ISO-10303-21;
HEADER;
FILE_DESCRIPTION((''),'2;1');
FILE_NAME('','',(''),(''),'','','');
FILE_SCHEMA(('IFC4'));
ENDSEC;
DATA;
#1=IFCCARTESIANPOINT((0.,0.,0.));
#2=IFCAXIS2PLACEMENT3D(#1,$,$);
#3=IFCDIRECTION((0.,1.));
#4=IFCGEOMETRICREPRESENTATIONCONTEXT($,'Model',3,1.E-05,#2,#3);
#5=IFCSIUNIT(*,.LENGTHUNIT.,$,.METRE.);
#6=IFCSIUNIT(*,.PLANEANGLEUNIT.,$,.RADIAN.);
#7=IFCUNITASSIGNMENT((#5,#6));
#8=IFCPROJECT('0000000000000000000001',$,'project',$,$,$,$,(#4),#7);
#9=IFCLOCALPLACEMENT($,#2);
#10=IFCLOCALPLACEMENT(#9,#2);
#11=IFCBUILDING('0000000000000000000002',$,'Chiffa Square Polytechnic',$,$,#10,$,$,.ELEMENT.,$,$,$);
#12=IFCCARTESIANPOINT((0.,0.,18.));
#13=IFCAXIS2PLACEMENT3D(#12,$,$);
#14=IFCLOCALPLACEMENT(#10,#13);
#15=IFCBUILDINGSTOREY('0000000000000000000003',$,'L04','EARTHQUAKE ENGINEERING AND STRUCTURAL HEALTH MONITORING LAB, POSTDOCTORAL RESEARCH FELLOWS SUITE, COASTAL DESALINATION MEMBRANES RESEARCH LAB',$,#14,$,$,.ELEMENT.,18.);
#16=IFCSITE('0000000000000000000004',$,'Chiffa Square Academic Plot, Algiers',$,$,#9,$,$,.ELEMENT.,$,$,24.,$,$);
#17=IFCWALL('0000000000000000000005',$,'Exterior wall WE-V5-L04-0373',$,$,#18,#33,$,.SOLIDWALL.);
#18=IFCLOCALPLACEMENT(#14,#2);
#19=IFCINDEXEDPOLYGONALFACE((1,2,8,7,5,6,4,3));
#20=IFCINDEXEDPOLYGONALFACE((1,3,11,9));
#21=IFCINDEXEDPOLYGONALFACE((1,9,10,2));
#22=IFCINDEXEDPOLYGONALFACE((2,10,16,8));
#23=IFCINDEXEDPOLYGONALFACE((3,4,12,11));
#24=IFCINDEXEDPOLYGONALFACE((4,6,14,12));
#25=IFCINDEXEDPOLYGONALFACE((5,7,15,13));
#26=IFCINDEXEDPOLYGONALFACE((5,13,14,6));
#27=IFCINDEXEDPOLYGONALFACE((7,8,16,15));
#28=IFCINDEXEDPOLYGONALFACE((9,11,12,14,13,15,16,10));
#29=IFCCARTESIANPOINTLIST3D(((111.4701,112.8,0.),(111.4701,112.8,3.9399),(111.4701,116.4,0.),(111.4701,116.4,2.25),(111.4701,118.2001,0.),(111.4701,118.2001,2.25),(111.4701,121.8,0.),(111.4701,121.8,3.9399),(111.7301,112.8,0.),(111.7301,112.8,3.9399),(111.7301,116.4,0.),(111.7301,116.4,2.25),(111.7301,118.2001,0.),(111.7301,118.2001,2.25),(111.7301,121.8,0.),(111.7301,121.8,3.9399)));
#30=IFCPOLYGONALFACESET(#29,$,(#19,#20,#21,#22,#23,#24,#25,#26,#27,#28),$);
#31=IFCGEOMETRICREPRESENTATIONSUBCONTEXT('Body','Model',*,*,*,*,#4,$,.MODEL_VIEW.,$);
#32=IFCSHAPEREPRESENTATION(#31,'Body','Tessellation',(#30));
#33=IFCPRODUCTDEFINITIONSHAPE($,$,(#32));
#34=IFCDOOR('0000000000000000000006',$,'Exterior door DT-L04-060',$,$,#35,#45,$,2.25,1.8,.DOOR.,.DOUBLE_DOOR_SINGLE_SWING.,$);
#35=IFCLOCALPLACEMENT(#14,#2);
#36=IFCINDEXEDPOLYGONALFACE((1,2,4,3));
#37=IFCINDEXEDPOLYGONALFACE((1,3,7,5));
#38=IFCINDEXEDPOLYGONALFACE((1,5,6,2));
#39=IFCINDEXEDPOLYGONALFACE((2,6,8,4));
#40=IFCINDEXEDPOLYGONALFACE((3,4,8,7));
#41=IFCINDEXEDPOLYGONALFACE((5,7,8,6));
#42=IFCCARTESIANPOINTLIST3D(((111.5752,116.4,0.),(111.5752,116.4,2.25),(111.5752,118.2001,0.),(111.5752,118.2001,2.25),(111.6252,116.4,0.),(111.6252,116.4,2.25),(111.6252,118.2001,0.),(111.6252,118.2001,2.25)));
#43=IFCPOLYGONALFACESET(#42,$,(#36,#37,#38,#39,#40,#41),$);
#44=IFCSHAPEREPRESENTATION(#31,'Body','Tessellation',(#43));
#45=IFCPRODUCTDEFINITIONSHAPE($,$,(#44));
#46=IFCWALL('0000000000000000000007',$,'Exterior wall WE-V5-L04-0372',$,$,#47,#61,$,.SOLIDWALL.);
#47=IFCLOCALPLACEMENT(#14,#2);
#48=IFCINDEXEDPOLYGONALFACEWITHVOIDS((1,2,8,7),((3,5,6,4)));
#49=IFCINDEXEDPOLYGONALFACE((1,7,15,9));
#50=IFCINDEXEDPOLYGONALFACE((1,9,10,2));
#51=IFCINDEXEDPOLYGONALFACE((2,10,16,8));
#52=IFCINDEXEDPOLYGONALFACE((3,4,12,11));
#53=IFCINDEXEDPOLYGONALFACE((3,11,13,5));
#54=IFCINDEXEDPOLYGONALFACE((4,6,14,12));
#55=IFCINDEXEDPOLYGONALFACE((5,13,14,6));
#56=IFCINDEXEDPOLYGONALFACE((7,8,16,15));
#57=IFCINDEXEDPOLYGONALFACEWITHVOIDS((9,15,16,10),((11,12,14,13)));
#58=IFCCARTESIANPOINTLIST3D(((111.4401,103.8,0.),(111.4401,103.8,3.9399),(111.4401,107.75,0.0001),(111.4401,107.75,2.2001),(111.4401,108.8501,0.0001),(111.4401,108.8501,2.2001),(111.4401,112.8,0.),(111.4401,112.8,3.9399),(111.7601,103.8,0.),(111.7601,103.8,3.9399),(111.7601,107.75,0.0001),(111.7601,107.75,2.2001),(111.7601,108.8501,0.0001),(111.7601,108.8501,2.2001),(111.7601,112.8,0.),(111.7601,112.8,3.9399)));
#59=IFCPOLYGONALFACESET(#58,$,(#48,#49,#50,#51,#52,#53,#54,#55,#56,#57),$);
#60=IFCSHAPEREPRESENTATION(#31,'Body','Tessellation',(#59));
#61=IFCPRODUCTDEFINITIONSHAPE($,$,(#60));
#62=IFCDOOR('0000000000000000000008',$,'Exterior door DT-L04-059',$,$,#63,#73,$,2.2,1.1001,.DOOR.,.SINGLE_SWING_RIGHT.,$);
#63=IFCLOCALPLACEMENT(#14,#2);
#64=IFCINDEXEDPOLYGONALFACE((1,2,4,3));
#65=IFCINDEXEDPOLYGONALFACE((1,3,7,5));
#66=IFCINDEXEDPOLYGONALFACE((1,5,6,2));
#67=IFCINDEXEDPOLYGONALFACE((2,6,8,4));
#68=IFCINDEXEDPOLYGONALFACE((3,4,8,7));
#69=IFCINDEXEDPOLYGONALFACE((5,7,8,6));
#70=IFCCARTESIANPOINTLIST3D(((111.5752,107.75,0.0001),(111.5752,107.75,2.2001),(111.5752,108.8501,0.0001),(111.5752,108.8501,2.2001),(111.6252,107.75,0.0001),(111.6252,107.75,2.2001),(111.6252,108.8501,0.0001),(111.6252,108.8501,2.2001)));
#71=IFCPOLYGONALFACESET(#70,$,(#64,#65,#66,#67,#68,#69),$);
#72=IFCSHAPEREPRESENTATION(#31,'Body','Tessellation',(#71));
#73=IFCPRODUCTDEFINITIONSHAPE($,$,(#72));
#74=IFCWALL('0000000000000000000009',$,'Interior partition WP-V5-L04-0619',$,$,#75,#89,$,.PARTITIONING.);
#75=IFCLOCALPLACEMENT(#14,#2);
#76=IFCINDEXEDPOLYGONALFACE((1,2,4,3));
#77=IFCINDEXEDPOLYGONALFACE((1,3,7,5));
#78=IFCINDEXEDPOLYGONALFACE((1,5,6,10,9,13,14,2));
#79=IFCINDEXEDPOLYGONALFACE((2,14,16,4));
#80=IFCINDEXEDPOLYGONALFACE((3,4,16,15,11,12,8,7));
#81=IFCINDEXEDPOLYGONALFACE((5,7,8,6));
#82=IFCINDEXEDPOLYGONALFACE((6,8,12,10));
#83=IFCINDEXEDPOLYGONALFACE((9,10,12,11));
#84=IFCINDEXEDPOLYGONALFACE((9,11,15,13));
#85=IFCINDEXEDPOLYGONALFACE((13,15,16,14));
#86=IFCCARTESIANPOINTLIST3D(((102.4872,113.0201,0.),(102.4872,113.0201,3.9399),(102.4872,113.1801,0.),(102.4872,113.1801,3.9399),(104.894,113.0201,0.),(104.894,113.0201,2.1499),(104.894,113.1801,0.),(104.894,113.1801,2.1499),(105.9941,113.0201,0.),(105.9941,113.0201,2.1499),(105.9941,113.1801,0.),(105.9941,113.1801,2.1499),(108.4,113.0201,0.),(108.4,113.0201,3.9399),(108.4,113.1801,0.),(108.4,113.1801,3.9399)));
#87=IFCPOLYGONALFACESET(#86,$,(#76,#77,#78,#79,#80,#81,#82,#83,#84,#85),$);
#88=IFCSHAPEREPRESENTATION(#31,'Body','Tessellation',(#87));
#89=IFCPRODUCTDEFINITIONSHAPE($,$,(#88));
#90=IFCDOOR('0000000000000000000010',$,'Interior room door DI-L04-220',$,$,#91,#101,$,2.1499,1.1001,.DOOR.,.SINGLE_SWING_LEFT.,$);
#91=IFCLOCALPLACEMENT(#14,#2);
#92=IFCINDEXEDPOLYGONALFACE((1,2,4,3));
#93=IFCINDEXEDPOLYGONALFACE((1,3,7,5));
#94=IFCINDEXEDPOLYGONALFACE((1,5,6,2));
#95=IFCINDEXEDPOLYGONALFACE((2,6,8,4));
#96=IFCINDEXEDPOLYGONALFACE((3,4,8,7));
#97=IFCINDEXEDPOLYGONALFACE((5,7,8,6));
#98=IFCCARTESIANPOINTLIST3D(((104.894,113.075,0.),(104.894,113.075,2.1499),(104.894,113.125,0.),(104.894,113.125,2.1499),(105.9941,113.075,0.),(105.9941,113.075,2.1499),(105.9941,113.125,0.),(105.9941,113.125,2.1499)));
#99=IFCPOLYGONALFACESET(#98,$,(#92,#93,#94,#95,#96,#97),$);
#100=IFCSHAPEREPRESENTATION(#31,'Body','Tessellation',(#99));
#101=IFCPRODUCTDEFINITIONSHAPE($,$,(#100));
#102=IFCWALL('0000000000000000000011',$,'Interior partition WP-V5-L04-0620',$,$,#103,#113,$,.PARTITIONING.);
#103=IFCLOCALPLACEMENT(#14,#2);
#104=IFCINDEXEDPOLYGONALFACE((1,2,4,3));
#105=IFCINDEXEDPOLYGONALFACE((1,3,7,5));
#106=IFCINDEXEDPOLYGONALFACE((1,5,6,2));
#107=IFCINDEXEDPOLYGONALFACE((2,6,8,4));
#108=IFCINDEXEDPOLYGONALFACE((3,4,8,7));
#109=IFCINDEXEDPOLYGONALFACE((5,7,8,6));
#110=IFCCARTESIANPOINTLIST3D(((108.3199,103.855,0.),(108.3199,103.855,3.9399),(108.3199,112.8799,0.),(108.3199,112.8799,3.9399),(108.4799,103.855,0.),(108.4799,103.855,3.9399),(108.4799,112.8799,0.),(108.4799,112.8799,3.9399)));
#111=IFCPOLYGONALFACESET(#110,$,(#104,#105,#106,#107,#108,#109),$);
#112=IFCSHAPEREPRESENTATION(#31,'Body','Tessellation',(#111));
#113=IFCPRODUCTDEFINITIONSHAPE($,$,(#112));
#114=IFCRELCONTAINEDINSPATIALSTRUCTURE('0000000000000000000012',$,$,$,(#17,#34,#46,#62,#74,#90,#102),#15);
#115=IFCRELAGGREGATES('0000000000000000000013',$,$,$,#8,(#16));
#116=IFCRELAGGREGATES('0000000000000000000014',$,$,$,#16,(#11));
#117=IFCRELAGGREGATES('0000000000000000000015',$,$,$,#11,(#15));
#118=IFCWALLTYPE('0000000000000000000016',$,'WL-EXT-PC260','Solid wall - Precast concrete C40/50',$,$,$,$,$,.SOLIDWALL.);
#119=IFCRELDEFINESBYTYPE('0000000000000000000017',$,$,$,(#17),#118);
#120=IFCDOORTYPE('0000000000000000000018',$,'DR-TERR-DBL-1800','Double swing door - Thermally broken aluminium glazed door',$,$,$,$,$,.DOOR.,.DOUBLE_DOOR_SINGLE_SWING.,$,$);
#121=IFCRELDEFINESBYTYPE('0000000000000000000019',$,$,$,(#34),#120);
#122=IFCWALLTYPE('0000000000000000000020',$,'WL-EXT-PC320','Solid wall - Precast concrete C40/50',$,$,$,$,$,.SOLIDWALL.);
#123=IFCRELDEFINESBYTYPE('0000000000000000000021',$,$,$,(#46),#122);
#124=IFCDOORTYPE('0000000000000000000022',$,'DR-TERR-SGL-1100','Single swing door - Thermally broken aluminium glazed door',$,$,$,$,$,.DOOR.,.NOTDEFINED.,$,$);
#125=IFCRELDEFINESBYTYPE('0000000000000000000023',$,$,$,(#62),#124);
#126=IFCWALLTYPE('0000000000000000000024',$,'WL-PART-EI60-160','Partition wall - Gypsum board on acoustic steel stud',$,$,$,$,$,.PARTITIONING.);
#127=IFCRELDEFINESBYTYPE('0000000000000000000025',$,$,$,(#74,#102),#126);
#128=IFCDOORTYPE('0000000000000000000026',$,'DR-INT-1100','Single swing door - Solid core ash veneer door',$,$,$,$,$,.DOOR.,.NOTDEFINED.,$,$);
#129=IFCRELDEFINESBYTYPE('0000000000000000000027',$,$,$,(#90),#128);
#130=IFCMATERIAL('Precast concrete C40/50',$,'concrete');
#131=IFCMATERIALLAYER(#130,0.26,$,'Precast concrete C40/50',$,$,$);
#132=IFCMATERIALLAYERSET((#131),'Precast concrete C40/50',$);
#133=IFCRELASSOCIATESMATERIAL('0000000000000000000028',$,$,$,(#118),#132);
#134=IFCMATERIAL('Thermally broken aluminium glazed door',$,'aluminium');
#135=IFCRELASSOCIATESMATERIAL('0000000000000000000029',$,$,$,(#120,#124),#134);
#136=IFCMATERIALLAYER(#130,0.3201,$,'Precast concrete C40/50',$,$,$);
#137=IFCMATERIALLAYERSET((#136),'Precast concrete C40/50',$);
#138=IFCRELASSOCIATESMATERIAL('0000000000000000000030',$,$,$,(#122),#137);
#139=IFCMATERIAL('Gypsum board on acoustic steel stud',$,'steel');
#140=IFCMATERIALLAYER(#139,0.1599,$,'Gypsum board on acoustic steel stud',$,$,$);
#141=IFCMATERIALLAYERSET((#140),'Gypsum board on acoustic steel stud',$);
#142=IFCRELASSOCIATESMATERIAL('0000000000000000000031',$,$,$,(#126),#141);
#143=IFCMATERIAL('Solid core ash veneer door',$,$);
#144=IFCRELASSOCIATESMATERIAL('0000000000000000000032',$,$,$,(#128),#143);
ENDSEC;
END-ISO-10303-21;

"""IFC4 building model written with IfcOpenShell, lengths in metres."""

from ifc_helpers import new_model, si_unit, direction, frame, frame_2d, origin, place, context, subcontext, project, spatial, rectangle, extrude, material, layer, layer_set, type_object, element, fill, save


model = new_model("IFC4")

# Units and contexts
model_context = context("Model", 3, precision=1e-05, world=origin(), true_north=direction((0.0, 1.0)))
body_context = subcontext(model_context, "Body", "Model", "MODEL_VIEW")
ifc_project = project(units=[si_unit("LENGTHUNIT", "METRE"), si_unit("PLANEANGLEUNIT", "RADIAN")], contexts=[model_context])

# Site, building, storey
site_placement = place(None, origin())
site = spatial("IfcSite", under=ifc_project, at=site_placement, Name="Chiffa Square Academic Plot, Algiers", CompositionType="ELEMENT", RefElevation=24.0)
building_placement = place(site_placement, origin())
building = spatial("IfcBuilding", under=site, at=building_placement, Name="Chiffa Square Polytechnic", CompositionType="ELEMENT")
storey_placement = place(building_placement, frame((0.0, 0.0, 18.0)))
storey = spatial("IfcBuildingStorey", under=building, at=storey_placement, Name="L04", Description="EARTHQUAKE ENGINEERING AND STRUCTURAL HEALTH MONITORING LAB, POSTDOCTORAL RESEARCH FELLOWS SUITE, COASTAL DESALINATION MEMBRANES RESEARCH LAB", CompositionType="ELEMENT", Elevation=18.0)

# Shared definitions
ifc_material_1 = material(Name="Precast concrete C40/50", Category="concrete")
ifc_layer_1 = layer(ifc_material_1, 0.26, Name="Precast concrete C40/50")
ifc_layer_set_1 = layer_set([ifc_layer_1], Name="Precast concrete C40/50")
wall_type_1 = type_object("IfcWallType", Name="WL-EXT-PC260", Description="Solid wall - Precast concrete C40/50", PredefinedType="SOLIDWALL", material=ifc_layer_set_1)

# Walls, openings, doors
wall_1_placement = place(storey_placement, frame((111.6001, 112.8, 0.0), z_axis=(0.0, 0.0, 1.0), x_axis=(0.0, 1.0, 0.0)))
wall_1 = element("IfcWall", 1, at=wall_1_placement, inside=storey, type_object=wall_type_1, Name="Exterior wall WE-V5-L04-0373", PredefinedType="SOLIDWALL", context=body_context, shape_type="SweptSolid", body=[
    extrude(rectangle(XDim=9.0, YDim=0.26, at=frame_2d((4.5, 0.0))), origin(), (0.0, 0.0, 1.0), 3.9399),
])
opening_1_placement = place(wall_1_placement, frame((3.6001, 0.0, 0.0)))
opening_1 = element("IfcOpeningElement", 2, at=opening_1_placement, cuts=wall_1, PredefinedType="OPENING", context=body_context, shape_type="SweptSolid", body=[
    extrude(rectangle(XDim=1.8, YDim=2.25, at=frame_2d((0.8999, 1.125))), frame((0.0, 0.1401, 0.0), z_axis=(0.0, -1.0, 0.0), x_axis=(1.0, 0.0, 0.0)), (0.0, 0.0, 1.0), 0.28),
])
ifc_material_2 = material(Name="Thermally broken aluminium glazed door", Category="aluminium")
door_type_1 = type_object("IfcDoorType", Name="DR-TERR-DBL-1800", Description="Double swing door - Thermally broken aluminium glazed door", OperationType="DOUBLE_DOOR_SINGLE_SWING", PredefinedType="DOOR", material=ifc_material_2)
door_1_placement = place(opening_1_placement, origin())
door_1 = element("IfcDoor", 3, at=door_1_placement, inside=storey, type_object=door_type_1, Name="Exterior door DT-L04-060", OperationType="DOUBLE_DOOR_SINGLE_SWING", OverallHeight=2.25, OverallWidth=1.8, PredefinedType="DOOR", context=body_context, shape_type="SweptSolid", body=[
    extrude(rectangle(XDim=1.8, YDim=2.25, at=frame_2d((0.8999, 1.125))), frame((0.0, 0.0249, 0.0), z_axis=(0.0, -1.0, 0.0), x_axis=(1.0, 0.0, 0.0)), (0.0, 0.0, 1.0), 0.05),
])
fill(opening_1, door_1)
ifc_layer_2 = layer(ifc_material_1, 0.3201, Name="Precast concrete C40/50")
ifc_layer_set_2 = layer_set([ifc_layer_2], Name="Precast concrete C40/50")
wall_type_2 = type_object("IfcWallType", Name="WL-EXT-PC320", Description="Solid wall - Precast concrete C40/50", PredefinedType="SOLIDWALL", material=ifc_layer_set_2)
wall_2_placement = place(storey_placement, frame((111.6001, 103.8, 0.0), z_axis=(0.0, 0.0, 1.0), x_axis=(0.0, 1.0, 0.0)))
wall_2 = element("IfcWall", 4, at=wall_2_placement, inside=storey, type_object=wall_type_2, Name="Exterior wall WE-V5-L04-0372", PredefinedType="SOLIDWALL", context=body_context, shape_type="SweptSolid", body=[
    extrude(rectangle(XDim=9.0, YDim=0.3201, at=frame_2d((4.5, 0.0))), origin(), (0.0, 0.0, 1.0), 3.9399),
])
opening_2_placement = place(wall_2_placement, frame((3.95, 0.0, 0.0)))
opening_2 = element("IfcOpeningElement", 5, at=opening_2_placement, cuts=wall_2, PredefinedType="OPENING", context=body_context, shape_type="SweptSolid", body=[
    extrude(rectangle(XDim=1.1001, YDim=2.2, at=frame_2d((0.55, 1.1001))), frame((0.0, 0.1699, 0.0), z_axis=(0.0, -1.0, 0.0), x_axis=(1.0, 0.0, 0.0)), (0.0, 0.0, 1.0), 0.3401),
])
door_type_2 = type_object("IfcDoorType", Name="DR-TERR-SGL-1100", Description="Single swing door - Thermally broken aluminium glazed door", OperationType="NOTDEFINED", PredefinedType="DOOR", material=ifc_material_2)
door_2_placement = place(opening_2_placement, origin())
door_2 = element("IfcDoor", 6, at=door_2_placement, inside=storey, type_object=door_type_2, Name="Exterior door DT-L04-059", OperationType="SINGLE_SWING_RIGHT", OverallHeight=2.2, OverallWidth=1.1001, PredefinedType="DOOR", context=body_context, shape_type="SweptSolid", body=[
    extrude(rectangle(XDim=1.1001, YDim=2.2, at=frame_2d((0.55, 1.1001))), frame((0.0, 0.0249, 0.0), z_axis=(0.0, -1.0, 0.0), x_axis=(1.0, 0.0, 0.0)), (0.0, 0.0, 1.0), 0.05),
])
fill(opening_2, door_2)
ifc_material_3 = material(Name="Gypsum board on acoustic steel stud", Category="steel")
ifc_layer_3 = layer(ifc_material_3, 0.1599, Name="Gypsum board on acoustic steel stud")
ifc_layer_set_3 = layer_set([ifc_layer_3], Name="Gypsum board on acoustic steel stud")
wall_type_3 = type_object("IfcWallType", Name="WL-PART-EI60-160", Description="Partition wall - Gypsum board on acoustic steel stud", PredefinedType="PARTITIONING", material=ifc_layer_set_3)
wall_3_placement = place(storey_placement, frame((102.4871, 113.1001, 0.0), z_axis=(0.0, 0.0, 1.0), x_axis=(1.0, 0.0, 0.0)))
wall_3 = element("IfcWall", 7, at=wall_3_placement, inside=storey, type_object=wall_type_3, Name="Interior partition WP-V5-L04-0619", PredefinedType="PARTITIONING", context=body_context, shape_type="SweptSolid", body=[
    extrude(rectangle(XDim=5.9128, YDim=0.1599, at=frame_2d((2.9565, 0.0))), origin(), (0.0, 0.0, 1.0), 3.9399),
])
opening_3_placement = place(wall_3_placement, frame((2.407, 0.0, 0.0)))
opening_3 = element("IfcOpeningElement", 8, at=opening_3_placement, cuts=wall_3, PredefinedType="OPENING", context=body_context, shape_type="SweptSolid", body=[
    extrude(rectangle(XDim=1.1001, YDim=2.1499, at=frame_2d((0.55, 1.075))), frame((0.0, 0.0898, 0.0), z_axis=(0.0, -1.0, 0.0), x_axis=(1.0, 0.0, 0.0)), (0.0, 0.0, 1.0), 0.1799),
])
ifc_material_4 = material(Name="Solid core ash veneer door")
door_type_3 = type_object("IfcDoorType", Name="DR-INT-1100", Description="Single swing door - Solid core ash veneer door", OperationType="NOTDEFINED", PredefinedType="DOOR", material=ifc_material_4)
door_3_placement = place(opening_3_placement, origin())
door_3 = element("IfcDoor", 9, at=door_3_placement, inside=storey, type_object=door_type_3, Name="Interior room door DI-L04-220", OperationType="SINGLE_SWING_LEFT", OverallHeight=2.1499, OverallWidth=1.1001, PredefinedType="DOOR", context=body_context, shape_type="SweptSolid", body=[
    extrude(rectangle(XDim=1.1001, YDim=2.1499, at=frame_2d((0.55, 1.075))), frame((0.0, 0.0249, 0.0), z_axis=(0.0, -1.0, 0.0), x_axis=(1.0, 0.0, 0.0)), (0.0, 0.0, 1.0), 0.05),
])
fill(opening_3, door_3)

# Wall
wall_4_placement = place(storey_placement, frame((108.3999, 103.855, 0.0), z_axis=(0.0, 0.0, 1.0), x_axis=(0.0, 1.0, 0.0)))
element("IfcWall", 10, at=wall_4_placement, inside=storey, type_object=wall_type_3, Name="Interior partition WP-V5-L04-0620", PredefinedType="PARTITIONING", context=body_context, shape_type="SweptSolid", body=[
    extrude(rectangle(XDim=9.0249, YDim=0.1599, at=frame_2d((4.5125, 0.0))), origin(), (0.0, 0.0, 1.0), 3.9399),
])

save(model, "model.ifc")
